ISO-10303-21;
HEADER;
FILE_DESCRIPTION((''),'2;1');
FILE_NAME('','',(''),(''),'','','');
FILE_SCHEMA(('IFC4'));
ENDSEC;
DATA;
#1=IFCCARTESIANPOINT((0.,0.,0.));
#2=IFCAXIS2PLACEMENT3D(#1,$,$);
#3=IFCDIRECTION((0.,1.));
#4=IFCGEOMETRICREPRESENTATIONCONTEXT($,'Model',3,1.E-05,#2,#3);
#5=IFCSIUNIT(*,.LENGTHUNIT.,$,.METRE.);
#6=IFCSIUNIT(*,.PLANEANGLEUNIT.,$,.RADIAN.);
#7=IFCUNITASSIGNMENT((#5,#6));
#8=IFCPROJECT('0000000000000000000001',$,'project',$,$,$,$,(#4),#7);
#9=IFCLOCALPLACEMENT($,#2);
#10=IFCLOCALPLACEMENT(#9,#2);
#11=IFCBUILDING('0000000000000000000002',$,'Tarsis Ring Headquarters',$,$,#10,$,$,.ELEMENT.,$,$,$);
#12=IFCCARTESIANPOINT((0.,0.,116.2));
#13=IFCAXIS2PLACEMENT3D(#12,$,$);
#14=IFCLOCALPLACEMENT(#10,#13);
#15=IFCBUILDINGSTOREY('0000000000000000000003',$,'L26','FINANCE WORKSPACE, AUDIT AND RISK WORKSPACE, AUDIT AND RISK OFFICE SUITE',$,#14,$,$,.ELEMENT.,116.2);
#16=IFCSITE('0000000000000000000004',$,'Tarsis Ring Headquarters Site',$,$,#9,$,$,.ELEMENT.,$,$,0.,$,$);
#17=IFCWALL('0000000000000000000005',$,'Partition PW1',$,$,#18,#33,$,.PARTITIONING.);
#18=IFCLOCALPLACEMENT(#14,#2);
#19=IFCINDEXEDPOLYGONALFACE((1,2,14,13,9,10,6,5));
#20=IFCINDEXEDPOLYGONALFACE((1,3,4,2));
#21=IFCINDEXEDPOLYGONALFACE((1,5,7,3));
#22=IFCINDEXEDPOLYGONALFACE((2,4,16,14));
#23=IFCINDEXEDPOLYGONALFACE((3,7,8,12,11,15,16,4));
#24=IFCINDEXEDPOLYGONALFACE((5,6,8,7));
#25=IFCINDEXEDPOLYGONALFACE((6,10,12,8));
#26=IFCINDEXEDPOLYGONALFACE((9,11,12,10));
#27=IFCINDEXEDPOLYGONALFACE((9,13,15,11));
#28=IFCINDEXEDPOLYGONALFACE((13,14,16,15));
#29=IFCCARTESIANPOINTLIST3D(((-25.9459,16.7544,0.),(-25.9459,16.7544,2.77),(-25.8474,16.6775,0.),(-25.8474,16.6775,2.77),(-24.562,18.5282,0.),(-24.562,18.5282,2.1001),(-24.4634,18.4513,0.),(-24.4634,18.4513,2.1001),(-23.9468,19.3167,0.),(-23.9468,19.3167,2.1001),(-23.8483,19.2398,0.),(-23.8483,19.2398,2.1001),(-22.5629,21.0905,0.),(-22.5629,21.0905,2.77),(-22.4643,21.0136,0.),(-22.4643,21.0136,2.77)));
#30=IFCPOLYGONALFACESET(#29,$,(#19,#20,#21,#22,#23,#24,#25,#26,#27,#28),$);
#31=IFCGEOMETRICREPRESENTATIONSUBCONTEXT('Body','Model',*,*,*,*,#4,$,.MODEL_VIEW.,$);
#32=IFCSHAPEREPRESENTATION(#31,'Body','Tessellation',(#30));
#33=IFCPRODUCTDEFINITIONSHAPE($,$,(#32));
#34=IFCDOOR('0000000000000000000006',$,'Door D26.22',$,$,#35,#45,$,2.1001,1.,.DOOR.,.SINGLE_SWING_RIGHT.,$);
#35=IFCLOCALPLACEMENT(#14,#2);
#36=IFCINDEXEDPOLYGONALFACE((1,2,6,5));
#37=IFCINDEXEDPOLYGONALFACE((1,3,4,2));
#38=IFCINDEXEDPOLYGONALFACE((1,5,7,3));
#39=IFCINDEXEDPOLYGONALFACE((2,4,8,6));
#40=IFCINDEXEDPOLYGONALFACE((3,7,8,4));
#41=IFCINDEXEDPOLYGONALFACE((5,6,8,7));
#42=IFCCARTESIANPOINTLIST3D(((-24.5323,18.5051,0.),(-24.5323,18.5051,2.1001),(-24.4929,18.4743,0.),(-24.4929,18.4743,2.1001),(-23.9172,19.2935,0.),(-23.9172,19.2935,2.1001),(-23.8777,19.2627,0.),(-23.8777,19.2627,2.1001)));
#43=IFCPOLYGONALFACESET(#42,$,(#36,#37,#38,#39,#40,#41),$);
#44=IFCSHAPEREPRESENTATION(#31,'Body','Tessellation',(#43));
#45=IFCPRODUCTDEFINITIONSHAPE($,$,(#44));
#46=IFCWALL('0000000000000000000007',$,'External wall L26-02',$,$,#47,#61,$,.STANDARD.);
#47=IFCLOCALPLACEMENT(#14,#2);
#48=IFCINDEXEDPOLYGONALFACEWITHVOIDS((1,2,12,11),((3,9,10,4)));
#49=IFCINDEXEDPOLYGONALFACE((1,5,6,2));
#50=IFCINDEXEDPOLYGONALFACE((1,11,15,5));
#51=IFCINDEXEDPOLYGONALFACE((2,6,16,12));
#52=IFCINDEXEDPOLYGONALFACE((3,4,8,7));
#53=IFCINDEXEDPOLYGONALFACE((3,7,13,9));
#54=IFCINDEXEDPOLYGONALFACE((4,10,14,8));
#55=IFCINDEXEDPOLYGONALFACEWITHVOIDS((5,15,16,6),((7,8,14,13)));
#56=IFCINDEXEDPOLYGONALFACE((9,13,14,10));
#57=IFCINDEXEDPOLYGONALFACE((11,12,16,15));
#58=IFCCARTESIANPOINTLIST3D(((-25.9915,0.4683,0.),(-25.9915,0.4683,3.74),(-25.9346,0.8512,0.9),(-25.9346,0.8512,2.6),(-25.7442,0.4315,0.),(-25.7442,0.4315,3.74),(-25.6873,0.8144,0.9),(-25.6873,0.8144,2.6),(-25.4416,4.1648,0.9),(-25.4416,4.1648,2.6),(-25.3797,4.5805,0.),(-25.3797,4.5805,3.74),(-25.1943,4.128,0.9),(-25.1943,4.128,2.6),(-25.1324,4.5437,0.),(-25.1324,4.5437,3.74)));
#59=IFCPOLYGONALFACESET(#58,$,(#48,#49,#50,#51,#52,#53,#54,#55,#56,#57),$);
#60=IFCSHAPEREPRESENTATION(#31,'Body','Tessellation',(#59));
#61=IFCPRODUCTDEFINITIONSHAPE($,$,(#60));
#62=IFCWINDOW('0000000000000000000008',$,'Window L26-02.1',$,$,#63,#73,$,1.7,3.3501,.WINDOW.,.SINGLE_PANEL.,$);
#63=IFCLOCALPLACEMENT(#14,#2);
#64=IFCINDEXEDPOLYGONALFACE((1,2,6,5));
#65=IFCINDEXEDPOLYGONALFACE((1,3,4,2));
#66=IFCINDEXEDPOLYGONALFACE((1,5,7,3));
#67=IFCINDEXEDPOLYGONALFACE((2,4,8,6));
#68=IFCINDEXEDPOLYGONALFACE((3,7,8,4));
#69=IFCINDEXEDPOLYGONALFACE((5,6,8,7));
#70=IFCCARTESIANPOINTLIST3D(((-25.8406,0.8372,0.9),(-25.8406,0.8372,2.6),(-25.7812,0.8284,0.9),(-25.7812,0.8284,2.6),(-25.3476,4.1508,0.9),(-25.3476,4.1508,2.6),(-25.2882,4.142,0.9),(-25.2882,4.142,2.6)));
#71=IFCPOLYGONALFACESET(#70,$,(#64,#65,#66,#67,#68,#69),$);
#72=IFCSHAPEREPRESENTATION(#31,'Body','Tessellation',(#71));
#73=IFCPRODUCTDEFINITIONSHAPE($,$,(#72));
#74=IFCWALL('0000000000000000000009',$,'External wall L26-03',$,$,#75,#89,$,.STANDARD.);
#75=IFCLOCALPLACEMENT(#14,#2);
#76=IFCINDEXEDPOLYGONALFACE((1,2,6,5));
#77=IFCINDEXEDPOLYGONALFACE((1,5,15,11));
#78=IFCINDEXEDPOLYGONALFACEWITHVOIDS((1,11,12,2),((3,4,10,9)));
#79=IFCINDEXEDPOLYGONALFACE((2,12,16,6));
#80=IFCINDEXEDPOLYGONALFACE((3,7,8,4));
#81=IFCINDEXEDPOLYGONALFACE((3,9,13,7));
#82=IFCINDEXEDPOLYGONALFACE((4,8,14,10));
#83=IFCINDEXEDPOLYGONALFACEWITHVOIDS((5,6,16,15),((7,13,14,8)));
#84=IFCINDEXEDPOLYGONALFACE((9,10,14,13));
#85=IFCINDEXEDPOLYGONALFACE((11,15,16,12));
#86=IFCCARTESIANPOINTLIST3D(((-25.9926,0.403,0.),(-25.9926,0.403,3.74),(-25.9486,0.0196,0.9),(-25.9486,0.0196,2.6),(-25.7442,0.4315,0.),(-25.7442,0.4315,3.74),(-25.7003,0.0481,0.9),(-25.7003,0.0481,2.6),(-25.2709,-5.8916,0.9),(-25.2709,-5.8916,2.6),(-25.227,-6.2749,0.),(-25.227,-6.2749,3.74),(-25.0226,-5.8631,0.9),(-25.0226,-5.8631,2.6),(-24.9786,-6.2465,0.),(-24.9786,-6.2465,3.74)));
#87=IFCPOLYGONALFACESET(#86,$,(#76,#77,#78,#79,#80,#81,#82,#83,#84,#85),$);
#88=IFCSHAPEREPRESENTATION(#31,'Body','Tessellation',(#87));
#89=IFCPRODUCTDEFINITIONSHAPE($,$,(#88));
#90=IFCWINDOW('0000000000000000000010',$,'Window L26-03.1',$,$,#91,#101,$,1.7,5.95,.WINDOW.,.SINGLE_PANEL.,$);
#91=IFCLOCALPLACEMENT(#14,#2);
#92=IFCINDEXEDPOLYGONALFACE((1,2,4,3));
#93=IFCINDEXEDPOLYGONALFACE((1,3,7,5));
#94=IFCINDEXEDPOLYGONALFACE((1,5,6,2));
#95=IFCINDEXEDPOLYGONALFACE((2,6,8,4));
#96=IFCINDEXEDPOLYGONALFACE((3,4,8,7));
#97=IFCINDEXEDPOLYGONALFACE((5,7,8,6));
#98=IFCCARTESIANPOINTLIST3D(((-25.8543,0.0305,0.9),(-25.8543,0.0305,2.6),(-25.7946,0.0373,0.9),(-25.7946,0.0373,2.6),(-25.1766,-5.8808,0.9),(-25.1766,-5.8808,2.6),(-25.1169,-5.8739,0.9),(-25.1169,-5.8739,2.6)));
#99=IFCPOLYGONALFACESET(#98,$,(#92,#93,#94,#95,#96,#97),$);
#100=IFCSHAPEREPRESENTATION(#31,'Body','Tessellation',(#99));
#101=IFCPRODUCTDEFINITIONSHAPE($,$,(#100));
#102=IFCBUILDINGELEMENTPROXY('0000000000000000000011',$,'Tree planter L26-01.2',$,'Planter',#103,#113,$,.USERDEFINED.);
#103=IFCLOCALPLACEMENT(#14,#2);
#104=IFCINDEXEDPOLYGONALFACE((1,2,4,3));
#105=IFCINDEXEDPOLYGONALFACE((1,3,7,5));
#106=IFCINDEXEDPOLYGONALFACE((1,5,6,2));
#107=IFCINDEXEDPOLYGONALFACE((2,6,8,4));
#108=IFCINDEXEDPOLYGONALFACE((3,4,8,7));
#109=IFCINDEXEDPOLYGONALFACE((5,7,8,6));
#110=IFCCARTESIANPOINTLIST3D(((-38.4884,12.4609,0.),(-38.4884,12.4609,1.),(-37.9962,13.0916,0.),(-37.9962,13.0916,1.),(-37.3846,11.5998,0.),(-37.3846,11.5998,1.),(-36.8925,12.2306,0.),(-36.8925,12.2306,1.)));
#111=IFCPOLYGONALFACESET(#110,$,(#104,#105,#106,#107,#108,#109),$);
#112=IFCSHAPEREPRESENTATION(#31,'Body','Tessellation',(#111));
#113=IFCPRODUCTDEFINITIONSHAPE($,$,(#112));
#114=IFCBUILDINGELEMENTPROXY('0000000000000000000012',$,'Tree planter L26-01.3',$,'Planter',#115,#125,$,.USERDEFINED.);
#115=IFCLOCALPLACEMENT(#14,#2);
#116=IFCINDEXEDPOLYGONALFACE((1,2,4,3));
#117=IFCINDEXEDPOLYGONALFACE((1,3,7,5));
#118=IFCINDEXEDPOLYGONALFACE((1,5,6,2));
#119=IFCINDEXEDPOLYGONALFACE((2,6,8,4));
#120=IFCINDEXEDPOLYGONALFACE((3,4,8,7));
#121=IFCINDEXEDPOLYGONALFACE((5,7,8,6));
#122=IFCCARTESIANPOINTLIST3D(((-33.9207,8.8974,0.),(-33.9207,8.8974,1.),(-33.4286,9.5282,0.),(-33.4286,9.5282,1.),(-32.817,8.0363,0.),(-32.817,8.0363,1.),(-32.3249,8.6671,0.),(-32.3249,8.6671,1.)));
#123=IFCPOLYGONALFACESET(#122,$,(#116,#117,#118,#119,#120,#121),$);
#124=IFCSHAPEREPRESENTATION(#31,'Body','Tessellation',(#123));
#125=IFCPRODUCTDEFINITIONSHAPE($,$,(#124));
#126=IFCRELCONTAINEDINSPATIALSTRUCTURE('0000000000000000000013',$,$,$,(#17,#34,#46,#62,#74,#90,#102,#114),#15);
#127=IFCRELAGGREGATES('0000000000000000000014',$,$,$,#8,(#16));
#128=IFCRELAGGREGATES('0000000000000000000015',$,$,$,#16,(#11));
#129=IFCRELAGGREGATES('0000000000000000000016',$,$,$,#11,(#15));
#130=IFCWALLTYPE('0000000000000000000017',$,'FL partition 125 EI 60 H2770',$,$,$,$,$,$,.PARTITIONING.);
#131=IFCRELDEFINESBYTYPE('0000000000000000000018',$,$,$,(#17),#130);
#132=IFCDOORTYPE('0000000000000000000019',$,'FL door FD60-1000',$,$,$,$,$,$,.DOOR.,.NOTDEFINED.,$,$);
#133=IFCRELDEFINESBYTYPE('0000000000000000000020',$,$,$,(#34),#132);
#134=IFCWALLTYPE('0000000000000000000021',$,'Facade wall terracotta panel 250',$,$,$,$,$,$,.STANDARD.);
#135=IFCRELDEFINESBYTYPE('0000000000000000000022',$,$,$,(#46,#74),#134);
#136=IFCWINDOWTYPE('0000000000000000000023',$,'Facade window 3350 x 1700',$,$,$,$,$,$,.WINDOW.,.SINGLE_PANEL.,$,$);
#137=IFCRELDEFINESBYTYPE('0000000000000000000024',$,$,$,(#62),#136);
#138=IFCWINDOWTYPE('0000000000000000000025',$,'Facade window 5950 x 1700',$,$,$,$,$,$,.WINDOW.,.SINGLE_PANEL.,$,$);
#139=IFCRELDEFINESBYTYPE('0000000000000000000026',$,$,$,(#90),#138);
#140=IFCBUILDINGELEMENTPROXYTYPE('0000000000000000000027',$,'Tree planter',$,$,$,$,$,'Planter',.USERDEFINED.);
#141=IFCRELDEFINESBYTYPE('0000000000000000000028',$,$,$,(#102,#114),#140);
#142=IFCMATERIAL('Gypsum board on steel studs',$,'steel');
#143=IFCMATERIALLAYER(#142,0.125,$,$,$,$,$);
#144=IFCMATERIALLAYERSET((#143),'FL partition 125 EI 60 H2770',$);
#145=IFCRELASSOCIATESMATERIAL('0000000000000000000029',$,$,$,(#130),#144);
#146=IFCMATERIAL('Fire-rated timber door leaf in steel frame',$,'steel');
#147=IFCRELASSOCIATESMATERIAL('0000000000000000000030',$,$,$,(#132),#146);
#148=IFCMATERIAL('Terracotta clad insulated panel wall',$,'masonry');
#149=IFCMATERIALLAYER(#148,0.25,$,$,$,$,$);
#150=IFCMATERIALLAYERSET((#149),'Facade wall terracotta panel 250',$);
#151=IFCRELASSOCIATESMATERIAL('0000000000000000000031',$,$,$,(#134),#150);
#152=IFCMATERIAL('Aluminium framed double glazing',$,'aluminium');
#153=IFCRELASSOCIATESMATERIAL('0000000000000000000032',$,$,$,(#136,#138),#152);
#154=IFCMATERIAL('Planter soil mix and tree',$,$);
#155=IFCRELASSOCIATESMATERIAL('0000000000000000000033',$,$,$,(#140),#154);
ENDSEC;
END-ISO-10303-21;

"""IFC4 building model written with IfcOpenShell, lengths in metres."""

from ifc_helpers import new_model, si_unit, direction, frame, frame_2d, origin, origin_2d, place, context, subcontext, project, spatial, rectangle, extrude, material, layer, layer_set, type_object, element, fill, save


model = new_model("IFC4")

# Units and contexts
model_context = context("Model", 3, precision=1e-05, world=origin(), true_north=direction((0.0, 1.0)))
body_context = subcontext(model_context, "Body", "Model", "MODEL_VIEW")
ifc_project = project(units=[si_unit("LENGTHUNIT", "METRE"), si_unit("PLANEANGLEUNIT", "RADIAN")], contexts=[model_context])

# Site, building, storey
site_placement = place(None, origin())
site = spatial("IfcSite", under=ifc_project, at=site_placement, Name="Tarsis Ring Headquarters Site", CompositionType="ELEMENT", RefElevation=0.0)
building_placement = place(site_placement, origin())
building = spatial("IfcBuilding", under=site, at=building_placement, Name="Tarsis Ring Headquarters", CompositionType="ELEMENT")
storey_placement = place(building_placement, frame((0.0, 0.0, 116.2)))
storey = spatial("IfcBuildingStorey", under=building, at=storey_placement, Name="L26", Description="FINANCE WORKSPACE, AUDIT AND RISK WORKSPACE, AUDIT AND RISK OFFICE SUITE", CompositionType="ELEMENT", Elevation=116.2)

# Shared definitions
ifc_material_1 = material(Name="Gypsum board on steel studs", Category="steel")

# Shared definitions
ifc_layer_1 = layer(ifc_material_1, 0.125)
ifc_layer_set_1 = layer_set([ifc_layer_1], Name="FL partition 125 EI 60 H2770")
wall_type_1 = type_object("IfcWallType", Name="FL partition 125 EI 60 H2770", PredefinedType="PARTITIONING", material=ifc_layer_set_1)
ifc_material_2 = material(Name="Fire-rated timber door leaf in steel frame", Category="steel")

# Shared definitions
door_type_1 = type_object("IfcDoorType", Name="FL door FD60-1000", OperationType="NOTDEFINED", PredefinedType="DOOR", material=ifc_material_2)

# Wall, opening, door
wall_1_placement = place(storey_placement, frame((-25.8967, 16.7158, 0.0), z_axis=(0.0, 0.0, 1.0), x_axis=(0.615126, 0.788429, 0.0)))
wall_1 = element("IfcWall", 1, at=wall_1_placement, inside=storey, type_object=wall_type_1, Name="Partition PW1", PredefinedType="PARTITIONING", context=body_context, shape_type="SweptSolid", body=[
    extrude(rectangle(XDim=5.4998, YDim=0.125, at=frame_2d((2.75, 0.0))), origin(), (0.0, 0.0, 1.0), 2.77),
])
opening_1_placement = place(wall_1_placement, frame((2.25, 0.0, 0.0)))
opening_1 = element("IfcOpeningElement", 2, at=opening_1_placement, cuts=wall_1, PredefinedType="OPENING", context=body_context, shape_type="SweptSolid", body=[
    extrude(rectangle(XDim=1.0, YDim=2.1001, at=frame_2d((0.5, 1.05))), frame((0.0, 0.0725, 0.0), z_axis=(0.0, -1.0, 0.0), x_axis=(1.0, 0.0, 0.0)), (0.0, 0.0, 1.0), 0.145),
])
door_1_placement = place(opening_1_placement, origin())
door_1 = element("IfcDoor", 3, at=door_1_placement, inside=storey, type_object=door_type_1, Name="Door D26.22", OperationType="SINGLE_SWING_RIGHT", OverallHeight=2.1001, OverallWidth=1.0, PredefinedType="DOOR", context=body_context, shape_type="SweptSolid", body=[
    extrude(rectangle(XDim=1.0, YDim=2.1001, at=frame_2d((0.5, 1.05))), frame((0.0, 0.0249, 0.0), z_axis=(0.0, -1.0, 0.0), x_axis=(1.0, 0.0, 0.0)), (0.0, 0.0, 1.0), 0.05),
])
fill(opening_1, door_1)

# Walls, openings, windows
ifc_material_3 = material(Name="Terracotta clad insulated panel wall", Category="masonry")
ifc_layer_2 = layer(ifc_material_3, 0.25)
ifc_layer_set_2 = layer_set([ifc_layer_2], Name="Facade wall terracotta panel 250")
wall_type_2 = type_object("IfcWallType", Name="Facade wall terracotta panel 250", PredefinedType="STANDARD", material=ifc_layer_set_2)
wall_2_placement = place(storey_placement, frame((-25.2561, 4.562, 0.0), z_axis=(0.0, 0.0, 1.0), x_axis=(-0.147157, -0.989113, 0.0)))
wall_2 = element("IfcWall", 4, at=wall_2_placement, inside=storey, type_object=wall_type_2, Name="External wall L26-02", PredefinedType="STANDARD", context=body_context, shape_type="SweptSolid", body=[
    extrude(rectangle(XDim=4.1575, YDim=0.25, at=frame_2d((2.0786, 0.0))), origin(), (0.0, 0.0, 1.0), 3.74),
])
opening_2_placement = place(wall_2_placement, frame((0.4202, 0.0, 0.8999)))
opening_2 = element("IfcOpeningElement", 5, at=opening_2_placement, cuts=wall_2, PredefinedType="OPENING", context=body_context, shape_type="SweptSolid", body=[
    extrude(rectangle(XDim=3.3501, YDim=1.7, at=frame_2d((1.675, 0.8501))), frame((0.0, 0.135, 0.0), z_axis=(0.0, -1.0, 0.0), x_axis=(1.0, 0.0, 0.0)), (0.0, 0.0, 1.0), 0.27),
])
ifc_material_4 = material(Name="Aluminium framed double glazing", Category="aluminium")
window_type_1 = type_object("IfcWindowType", Name="Facade window 3350 x 1700", PartitioningType="SINGLE_PANEL", PredefinedType="WINDOW", material=ifc_material_4)
window_1_placement = place(opening_2_placement, origin())
window_1 = element("IfcWindow", 6, at=window_1_placement, inside=storey, type_object=window_type_1, Name="Window L26-02.1", OverallHeight=1.7, OverallWidth=3.3501, PartitioningType="SINGLE_PANEL", PredefinedType="WINDOW", context=body_context, shape_type="SweptSolid", body=[
    extrude(rectangle(XDim=3.3501, YDim=1.7, at=frame_2d((1.675, 0.8501))), frame((0.0, 0.03, 0.0), z_axis=(0.0, -1.0, 0.0), x_axis=(1.0, 0.0, 0.0)), (0.0, 0.0, 1.0), 0.0601),
])
fill(opening_2, window_1)
wall_3_placement = place(storey_placement, frame((-25.8684, 0.4172, 0.0), z_axis=(0.0, 0.0, 1.0), x_axis=(0.113903, -0.993492, 0.0)))
wall_3 = element("IfcWall", 7, at=wall_3_placement, inside=storey, type_object=wall_type_2, Name="External wall L26-03", PredefinedType="STANDARD", context=body_context, shape_type="SweptSolid", body=[
    extrude(rectangle(XDim=6.7217, YDim=0.25, at=frame_2d((3.3608, 0.0))), origin(), (0.0, 0.0, 1.0), 3.74),
])
opening_3_placement = place(wall_3_placement, frame((0.3857, 0.0, 0.8999)))
opening_3 = element("IfcOpeningElement", 8, at=opening_3_placement, cuts=wall_3, PredefinedType="OPENING", context=body_context, shape_type="SweptSolid", body=[
    extrude(rectangle(XDim=5.95, YDim=1.7, at=frame_2d((2.9751, 0.8501))), frame((0.0, 0.135, 0.0), z_axis=(0.0, -1.0, 0.0), x_axis=(1.0, 0.0, 0.0)), (0.0, 0.0, 1.0), 0.27),
])
window_type_2 = type_object("IfcWindowType", Name="Facade window 5950 x 1700", PartitioningType="SINGLE_PANEL", PredefinedType="WINDOW", material=ifc_material_4)
window_2_placement = place(opening_3_placement, origin())
window_2 = element("IfcWindow", 9, at=window_2_placement, inside=storey, type_object=window_type_2, Name="Window L26-03.1", OverallHeight=1.7, OverallWidth=5.95, PartitioningType="SINGLE_PANEL", PredefinedType="WINDOW", context=body_context, shape_type="SweptSolid", body=[
    extrude(rectangle(XDim=5.95, YDim=1.7, at=frame_2d((2.9751, 0.8501))), frame((0.0, 0.03, 0.0), z_axis=(0.0, -1.0, 0.0), x_axis=(1.0, 0.0, 0.0)), (0.0, 0.0, 1.0), 0.0601),
])
fill(opening_3, window_2)

# Building element proxies
ifc_material_5 = material(Name="Planter soil mix and tree")
building_element_proxy_type = type_object("IfcBuildingElementProxyType", Name="Tree planter", ElementType="Planter", PredefinedType="USERDEFINED", material=ifc_material_5)
for number, where, z_axis, x_axis, name in (
    (10, (-37.6904, 12.3457, 0.0), (0.0, 0.0, 1.0), (0.78844, -0.615111, 0.0), "Tree planter L26-01.2"),
    (11, (-33.1228, 8.7822, 0.0), (0.0, 0.0, 1.0), (0.78844, -0.615111, 0.0), "Tree planter L26-01.3"),
):
    element("IfcBuildingElementProxy", number, at=place(storey_placement, frame(where, z_axis=z_axis, x_axis=x_axis)), inside=storey, type_object=building_element_proxy_type, Name=name, ObjectType="Planter", PredefinedType="USERDEFINED", context=body_context, shape_type="SweptSolid", body=[
        extrude(rectangle(XDim=1.3999, YDim=0.8, at=origin_2d()), origin(), (0.0, 0.0, 1.0), 1.0),
    ])

save(model, "model.ifc")
